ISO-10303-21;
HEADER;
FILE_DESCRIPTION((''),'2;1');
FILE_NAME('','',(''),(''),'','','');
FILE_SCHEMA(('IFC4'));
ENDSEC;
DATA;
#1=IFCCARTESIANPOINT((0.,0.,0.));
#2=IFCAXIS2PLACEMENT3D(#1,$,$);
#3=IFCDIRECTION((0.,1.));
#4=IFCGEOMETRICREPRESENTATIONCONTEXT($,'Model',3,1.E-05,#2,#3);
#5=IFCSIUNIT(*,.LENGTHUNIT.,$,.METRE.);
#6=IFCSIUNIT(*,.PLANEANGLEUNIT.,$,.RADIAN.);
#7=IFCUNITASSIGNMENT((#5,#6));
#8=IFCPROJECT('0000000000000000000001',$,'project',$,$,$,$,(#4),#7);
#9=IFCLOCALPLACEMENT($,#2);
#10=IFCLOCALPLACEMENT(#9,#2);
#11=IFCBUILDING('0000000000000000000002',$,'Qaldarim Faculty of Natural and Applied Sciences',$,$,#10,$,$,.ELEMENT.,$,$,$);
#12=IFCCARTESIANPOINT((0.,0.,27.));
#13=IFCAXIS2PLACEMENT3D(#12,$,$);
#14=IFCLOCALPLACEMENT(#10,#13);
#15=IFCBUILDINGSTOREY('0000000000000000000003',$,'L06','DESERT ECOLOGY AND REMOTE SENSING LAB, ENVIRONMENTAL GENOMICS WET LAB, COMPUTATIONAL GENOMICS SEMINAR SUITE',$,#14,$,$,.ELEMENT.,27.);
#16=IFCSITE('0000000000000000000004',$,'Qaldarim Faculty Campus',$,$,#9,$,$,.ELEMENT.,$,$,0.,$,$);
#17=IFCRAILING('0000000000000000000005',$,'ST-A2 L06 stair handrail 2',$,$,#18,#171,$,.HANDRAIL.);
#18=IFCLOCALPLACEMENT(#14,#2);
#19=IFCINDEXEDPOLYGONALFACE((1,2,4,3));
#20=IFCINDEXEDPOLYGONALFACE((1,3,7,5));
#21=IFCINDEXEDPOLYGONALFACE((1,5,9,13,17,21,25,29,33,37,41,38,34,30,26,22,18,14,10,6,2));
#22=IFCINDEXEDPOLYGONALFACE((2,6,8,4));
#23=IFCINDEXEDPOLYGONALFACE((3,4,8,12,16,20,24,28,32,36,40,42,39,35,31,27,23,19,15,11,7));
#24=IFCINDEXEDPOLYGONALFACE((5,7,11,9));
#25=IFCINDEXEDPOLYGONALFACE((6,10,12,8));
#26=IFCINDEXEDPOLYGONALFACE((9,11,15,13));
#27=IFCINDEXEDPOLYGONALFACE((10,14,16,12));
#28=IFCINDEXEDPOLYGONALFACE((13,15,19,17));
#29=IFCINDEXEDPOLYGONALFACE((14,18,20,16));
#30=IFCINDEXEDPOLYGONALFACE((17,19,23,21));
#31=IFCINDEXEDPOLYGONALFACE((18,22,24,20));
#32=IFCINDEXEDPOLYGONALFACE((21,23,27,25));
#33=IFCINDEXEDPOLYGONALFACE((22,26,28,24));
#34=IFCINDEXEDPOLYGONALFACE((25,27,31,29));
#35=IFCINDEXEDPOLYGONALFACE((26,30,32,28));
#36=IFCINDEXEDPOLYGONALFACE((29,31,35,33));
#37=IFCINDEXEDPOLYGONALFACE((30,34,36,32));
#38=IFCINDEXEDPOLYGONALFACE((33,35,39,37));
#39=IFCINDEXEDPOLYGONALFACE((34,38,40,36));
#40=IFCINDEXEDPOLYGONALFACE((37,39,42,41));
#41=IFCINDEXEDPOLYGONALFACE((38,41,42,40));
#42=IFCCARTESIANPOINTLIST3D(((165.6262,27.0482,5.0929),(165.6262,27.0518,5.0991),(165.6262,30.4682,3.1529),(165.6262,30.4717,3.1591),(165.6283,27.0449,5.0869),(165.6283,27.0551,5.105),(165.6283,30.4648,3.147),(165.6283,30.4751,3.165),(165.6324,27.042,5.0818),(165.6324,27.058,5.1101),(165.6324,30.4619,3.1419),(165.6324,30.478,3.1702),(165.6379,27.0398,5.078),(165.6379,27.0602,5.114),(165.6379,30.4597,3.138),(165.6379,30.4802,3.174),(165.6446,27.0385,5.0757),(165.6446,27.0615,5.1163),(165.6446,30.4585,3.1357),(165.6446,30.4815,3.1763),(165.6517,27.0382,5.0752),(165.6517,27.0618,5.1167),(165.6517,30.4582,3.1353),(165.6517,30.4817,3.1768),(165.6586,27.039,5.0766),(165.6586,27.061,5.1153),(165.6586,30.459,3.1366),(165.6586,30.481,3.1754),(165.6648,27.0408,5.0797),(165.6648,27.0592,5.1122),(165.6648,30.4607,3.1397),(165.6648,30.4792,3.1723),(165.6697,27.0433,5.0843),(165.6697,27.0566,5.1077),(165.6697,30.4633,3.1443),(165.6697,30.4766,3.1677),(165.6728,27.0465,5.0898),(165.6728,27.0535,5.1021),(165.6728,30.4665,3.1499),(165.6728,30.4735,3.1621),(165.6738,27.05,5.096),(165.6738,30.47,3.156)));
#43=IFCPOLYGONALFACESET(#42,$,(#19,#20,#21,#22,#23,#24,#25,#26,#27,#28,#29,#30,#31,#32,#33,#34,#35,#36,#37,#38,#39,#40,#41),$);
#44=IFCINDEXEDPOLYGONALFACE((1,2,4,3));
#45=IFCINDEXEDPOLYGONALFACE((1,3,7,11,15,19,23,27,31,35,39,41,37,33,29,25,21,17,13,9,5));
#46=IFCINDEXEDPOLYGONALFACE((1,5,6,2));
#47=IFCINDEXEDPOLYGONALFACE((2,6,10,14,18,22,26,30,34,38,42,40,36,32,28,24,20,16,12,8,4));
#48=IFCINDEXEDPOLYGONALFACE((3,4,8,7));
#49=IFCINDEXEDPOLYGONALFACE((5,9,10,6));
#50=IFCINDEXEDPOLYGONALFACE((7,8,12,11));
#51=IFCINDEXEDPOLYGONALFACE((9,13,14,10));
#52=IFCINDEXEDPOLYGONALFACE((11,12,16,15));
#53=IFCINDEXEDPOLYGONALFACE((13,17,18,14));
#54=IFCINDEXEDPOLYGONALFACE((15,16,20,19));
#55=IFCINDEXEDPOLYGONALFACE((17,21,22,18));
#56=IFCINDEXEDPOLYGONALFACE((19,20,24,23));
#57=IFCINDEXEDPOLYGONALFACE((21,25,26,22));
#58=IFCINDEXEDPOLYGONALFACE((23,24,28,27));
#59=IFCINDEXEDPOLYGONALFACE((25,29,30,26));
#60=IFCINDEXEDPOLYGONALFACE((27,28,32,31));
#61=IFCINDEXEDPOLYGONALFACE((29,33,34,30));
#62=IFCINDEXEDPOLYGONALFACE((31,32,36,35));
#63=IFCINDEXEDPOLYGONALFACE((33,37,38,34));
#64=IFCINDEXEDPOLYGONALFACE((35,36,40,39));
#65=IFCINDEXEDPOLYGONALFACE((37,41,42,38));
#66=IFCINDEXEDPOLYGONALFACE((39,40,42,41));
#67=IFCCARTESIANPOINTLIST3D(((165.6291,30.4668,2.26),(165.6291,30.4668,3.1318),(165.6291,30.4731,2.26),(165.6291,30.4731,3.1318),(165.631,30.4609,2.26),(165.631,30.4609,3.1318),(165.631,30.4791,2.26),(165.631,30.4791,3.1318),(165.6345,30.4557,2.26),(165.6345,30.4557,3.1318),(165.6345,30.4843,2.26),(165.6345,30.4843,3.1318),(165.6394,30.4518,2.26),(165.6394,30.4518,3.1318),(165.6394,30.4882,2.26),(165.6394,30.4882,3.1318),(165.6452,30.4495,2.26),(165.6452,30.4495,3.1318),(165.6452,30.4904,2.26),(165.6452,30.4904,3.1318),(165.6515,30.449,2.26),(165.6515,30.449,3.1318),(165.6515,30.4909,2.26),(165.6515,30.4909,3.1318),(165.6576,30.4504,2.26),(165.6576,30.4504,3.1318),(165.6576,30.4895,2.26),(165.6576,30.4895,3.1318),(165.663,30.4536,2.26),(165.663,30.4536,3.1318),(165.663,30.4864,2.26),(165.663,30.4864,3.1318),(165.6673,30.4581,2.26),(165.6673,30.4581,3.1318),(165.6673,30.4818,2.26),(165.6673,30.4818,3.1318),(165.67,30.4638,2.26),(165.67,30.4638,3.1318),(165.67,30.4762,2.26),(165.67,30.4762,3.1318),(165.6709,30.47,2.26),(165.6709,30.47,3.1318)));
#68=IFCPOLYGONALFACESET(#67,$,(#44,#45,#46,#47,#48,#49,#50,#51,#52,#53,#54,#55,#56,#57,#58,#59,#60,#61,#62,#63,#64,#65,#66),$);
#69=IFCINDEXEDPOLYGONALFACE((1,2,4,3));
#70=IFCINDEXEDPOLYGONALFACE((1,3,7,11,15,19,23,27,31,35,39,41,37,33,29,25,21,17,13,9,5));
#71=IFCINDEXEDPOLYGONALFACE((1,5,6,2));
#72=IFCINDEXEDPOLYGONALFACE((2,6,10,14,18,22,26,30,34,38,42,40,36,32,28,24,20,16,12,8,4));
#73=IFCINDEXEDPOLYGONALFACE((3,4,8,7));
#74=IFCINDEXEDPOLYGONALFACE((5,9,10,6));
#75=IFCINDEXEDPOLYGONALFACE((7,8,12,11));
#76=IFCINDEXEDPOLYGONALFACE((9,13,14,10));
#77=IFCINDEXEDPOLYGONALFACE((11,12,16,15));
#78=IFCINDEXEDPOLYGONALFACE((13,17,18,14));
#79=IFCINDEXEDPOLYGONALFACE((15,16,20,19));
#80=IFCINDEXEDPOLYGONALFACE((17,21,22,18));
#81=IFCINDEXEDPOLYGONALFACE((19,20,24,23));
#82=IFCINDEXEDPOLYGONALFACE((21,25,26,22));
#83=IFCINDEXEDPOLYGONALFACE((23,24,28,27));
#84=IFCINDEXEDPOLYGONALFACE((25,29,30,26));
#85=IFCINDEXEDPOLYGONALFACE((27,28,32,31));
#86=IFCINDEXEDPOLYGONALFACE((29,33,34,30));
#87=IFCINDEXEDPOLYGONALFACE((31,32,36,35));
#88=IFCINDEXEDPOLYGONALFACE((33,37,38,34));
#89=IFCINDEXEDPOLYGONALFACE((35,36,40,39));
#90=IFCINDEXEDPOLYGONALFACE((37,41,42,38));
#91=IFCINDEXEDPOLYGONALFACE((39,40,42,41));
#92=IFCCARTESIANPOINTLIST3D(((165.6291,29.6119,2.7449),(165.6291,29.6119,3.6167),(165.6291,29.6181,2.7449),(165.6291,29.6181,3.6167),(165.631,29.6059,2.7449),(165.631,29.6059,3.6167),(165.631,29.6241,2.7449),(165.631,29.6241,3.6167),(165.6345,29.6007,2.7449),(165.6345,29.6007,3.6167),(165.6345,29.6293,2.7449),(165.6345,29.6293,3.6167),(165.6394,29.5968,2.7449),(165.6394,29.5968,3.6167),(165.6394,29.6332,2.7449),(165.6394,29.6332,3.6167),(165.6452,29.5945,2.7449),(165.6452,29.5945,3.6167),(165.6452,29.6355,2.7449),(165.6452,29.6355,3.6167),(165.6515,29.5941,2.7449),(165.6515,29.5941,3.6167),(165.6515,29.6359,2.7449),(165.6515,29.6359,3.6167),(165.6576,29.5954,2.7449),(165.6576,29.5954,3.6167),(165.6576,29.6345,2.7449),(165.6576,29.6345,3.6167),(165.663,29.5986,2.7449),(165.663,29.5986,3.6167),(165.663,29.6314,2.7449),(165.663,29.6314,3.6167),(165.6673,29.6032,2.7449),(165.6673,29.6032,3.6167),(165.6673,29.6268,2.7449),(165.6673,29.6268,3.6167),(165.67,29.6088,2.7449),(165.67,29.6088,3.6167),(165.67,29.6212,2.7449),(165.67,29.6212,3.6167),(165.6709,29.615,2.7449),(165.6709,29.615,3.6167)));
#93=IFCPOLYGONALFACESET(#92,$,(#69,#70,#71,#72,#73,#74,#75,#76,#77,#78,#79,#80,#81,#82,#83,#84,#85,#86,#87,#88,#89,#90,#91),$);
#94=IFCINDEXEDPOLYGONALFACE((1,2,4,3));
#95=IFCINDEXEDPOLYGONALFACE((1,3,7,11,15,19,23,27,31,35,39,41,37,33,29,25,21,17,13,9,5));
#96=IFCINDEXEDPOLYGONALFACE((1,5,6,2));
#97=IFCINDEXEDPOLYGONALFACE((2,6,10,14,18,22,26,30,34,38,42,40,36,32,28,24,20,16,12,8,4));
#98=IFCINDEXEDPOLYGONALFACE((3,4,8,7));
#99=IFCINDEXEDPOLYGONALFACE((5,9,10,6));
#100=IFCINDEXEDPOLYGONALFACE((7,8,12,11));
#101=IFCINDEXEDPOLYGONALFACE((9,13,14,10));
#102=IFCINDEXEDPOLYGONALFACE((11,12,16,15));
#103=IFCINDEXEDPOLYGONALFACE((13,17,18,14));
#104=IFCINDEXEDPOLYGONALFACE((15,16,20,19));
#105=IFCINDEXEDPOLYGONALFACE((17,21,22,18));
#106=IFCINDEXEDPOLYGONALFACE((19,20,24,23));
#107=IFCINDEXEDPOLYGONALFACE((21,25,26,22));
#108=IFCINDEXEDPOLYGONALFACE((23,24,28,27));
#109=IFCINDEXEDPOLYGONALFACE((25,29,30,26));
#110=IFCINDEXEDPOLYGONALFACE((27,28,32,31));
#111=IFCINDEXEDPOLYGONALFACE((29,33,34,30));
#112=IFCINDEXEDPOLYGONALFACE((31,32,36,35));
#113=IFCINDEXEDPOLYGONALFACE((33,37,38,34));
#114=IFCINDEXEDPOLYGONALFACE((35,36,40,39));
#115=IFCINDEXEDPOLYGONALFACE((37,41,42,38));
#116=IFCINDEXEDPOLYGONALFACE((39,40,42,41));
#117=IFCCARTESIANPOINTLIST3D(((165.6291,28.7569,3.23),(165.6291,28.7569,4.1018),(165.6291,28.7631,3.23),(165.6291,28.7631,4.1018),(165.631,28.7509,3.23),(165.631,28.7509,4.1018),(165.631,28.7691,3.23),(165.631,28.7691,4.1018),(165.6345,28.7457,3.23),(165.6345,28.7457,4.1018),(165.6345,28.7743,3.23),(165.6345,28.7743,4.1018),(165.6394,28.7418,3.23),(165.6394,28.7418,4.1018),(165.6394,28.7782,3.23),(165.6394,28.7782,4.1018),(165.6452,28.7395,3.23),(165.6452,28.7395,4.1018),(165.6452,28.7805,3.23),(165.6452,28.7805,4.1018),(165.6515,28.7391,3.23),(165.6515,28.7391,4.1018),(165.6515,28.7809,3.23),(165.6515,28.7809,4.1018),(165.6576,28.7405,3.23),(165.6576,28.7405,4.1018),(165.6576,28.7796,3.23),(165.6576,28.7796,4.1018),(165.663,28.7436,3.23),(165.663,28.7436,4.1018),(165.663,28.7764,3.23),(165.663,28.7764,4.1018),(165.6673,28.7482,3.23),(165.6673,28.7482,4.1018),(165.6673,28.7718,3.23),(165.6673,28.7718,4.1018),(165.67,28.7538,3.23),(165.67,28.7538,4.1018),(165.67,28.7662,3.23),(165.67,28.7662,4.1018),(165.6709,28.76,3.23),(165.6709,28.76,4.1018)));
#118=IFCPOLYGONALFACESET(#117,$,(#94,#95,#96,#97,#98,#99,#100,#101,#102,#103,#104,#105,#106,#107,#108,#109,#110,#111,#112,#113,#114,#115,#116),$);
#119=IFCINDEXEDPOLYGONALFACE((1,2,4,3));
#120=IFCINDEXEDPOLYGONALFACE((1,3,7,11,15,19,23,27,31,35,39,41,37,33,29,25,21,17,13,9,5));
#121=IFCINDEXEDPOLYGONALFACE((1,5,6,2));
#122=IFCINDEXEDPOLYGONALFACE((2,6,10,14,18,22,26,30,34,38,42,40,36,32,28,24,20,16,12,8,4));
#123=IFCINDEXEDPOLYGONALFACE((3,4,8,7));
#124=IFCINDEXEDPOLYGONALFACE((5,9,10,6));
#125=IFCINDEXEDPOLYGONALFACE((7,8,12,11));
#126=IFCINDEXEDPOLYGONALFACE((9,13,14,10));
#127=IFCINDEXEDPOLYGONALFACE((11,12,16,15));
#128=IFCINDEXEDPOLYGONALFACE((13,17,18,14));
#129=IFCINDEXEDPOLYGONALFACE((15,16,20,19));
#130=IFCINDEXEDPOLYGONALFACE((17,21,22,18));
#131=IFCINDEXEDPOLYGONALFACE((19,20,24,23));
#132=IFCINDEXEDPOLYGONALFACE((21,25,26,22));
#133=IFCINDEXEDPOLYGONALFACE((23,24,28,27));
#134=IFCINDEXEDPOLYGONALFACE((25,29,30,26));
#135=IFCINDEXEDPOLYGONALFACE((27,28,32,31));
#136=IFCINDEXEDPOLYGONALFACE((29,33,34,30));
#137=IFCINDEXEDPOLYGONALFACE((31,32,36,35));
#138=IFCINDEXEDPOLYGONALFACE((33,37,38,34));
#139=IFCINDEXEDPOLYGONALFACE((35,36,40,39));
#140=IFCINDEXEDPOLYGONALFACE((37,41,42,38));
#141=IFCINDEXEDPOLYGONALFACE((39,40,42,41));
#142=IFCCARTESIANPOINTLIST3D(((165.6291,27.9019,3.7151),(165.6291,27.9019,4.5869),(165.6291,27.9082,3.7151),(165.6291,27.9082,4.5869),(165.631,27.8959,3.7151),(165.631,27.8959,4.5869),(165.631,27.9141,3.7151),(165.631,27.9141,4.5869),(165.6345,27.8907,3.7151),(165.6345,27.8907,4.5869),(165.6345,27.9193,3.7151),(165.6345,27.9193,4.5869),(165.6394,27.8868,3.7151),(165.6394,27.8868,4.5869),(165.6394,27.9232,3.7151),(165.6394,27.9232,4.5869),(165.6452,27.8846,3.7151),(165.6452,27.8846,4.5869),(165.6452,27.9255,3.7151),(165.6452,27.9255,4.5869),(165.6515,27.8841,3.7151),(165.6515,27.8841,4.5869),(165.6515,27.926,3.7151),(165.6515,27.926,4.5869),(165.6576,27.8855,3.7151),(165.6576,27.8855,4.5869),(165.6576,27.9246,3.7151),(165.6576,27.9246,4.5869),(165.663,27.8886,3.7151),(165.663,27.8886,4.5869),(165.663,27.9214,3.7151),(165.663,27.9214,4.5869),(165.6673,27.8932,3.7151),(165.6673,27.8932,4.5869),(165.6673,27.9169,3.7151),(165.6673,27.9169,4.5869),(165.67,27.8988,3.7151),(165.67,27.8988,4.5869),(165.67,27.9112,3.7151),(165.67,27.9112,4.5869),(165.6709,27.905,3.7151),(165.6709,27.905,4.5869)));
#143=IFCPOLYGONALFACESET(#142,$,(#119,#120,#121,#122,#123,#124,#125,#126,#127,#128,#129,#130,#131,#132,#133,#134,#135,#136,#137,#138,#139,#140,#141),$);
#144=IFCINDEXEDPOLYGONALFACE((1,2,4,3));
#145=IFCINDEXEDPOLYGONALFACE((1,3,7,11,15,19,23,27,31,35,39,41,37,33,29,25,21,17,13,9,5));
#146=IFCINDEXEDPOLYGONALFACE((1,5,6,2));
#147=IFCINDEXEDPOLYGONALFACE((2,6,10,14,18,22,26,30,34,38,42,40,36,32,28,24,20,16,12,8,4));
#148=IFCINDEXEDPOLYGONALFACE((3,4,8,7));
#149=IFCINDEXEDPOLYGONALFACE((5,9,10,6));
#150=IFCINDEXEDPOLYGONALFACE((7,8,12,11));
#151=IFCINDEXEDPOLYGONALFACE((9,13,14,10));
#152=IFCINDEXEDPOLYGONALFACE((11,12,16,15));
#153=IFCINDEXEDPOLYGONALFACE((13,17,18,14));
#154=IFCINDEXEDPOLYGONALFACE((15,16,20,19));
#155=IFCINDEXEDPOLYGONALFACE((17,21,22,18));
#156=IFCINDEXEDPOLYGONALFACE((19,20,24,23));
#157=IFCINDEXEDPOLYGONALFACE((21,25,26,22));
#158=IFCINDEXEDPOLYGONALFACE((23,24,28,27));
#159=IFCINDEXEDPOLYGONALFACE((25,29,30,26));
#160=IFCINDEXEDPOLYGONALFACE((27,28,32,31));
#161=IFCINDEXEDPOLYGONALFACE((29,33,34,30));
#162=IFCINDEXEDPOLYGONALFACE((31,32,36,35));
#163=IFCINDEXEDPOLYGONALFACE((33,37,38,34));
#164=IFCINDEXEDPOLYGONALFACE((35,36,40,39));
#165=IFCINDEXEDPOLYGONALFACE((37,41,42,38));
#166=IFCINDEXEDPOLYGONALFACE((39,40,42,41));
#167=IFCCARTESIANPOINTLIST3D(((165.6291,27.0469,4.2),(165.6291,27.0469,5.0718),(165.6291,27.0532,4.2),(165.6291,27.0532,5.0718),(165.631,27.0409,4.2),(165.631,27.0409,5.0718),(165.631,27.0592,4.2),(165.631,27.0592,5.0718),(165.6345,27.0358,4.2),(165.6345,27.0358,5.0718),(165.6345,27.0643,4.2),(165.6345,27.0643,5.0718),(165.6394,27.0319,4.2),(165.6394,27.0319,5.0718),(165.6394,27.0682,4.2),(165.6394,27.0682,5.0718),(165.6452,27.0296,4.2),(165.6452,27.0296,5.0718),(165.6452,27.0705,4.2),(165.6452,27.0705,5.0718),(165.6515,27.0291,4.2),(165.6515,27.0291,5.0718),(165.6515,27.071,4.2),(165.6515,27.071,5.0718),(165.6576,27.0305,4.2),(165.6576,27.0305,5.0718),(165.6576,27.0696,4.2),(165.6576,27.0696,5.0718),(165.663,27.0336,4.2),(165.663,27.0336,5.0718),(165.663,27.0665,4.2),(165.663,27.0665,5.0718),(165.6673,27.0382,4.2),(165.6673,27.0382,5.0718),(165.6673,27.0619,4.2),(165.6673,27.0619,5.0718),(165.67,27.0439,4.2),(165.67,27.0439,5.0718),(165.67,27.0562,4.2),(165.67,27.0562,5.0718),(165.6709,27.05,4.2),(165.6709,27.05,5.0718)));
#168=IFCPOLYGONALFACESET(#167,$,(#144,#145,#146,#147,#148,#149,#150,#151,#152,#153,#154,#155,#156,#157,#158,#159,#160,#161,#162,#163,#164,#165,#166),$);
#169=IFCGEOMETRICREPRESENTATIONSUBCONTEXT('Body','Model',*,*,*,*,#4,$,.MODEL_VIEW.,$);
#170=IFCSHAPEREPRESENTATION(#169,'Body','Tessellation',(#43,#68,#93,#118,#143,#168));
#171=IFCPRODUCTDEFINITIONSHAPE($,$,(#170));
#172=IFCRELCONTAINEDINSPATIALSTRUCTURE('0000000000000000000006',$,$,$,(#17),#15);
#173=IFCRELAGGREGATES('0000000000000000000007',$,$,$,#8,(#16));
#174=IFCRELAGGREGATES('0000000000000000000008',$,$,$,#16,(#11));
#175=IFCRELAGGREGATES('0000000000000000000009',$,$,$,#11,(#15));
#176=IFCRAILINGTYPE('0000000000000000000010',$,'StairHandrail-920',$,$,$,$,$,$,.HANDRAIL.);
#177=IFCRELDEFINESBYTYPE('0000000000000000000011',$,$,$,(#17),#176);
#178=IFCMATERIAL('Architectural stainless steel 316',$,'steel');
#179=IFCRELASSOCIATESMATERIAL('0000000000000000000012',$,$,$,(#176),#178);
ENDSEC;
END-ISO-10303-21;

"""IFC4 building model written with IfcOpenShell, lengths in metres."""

from ifc_helpers import new_model, si_unit, direction, frame, origin, origin_2d, place, context, subcontext, project, spatial, circle, extrude, material, type_object, element, save


model = new_model("IFC4")

# Units and contexts
model_context = context("Model", 3, precision=1e-05, world=origin(), true_north=direction((0.0, 1.0)))
body_context = subcontext(model_context, "Body", "Model", "MODEL_VIEW")
ifc_project = project(units=[si_unit("LENGTHUNIT", "METRE"), si_unit("PLANEANGLEUNIT", "RADIAN")], contexts=[model_context])

# Site, building, storey
site_placement = place(None, origin())
site = spatial("IfcSite", under=ifc_project, at=site_placement, Name="Qaldarim Faculty Campus", CompositionType="ELEMENT", RefElevation=0.0)
building_placement = place(site_placement, origin())
building = spatial("IfcBuilding", under=site, at=building_placement, Name="Qaldarim Faculty of Natural and Applied Sciences", CompositionType="ELEMENT")
storey_placement = place(building_placement, frame((0.0, 0.0, 27.0)))
storey = spatial("IfcBuildingStorey", under=building, at=storey_placement, Name="L06", Description="DESERT ECOLOGY AND REMOTE SENSING LAB, ENVIRONMENTAL GENOMICS WET LAB, COMPUTATIONAL GENOMICS SEMINAR SUITE", CompositionType="ELEMENT", Elevation=27.0)

# Railing
ifc_material_1 = material(Name="Architectural stainless steel 316", Category="steel")
railing_type_1 = type_object("IfcRailingType", Name="StairHandrail-920", PredefinedType="HANDRAIL", material=ifc_material_1)
railing_1_placement = place(storey_placement, frame((165.6499, 30.47, 2.26)))
element("IfcRailing", 1, at=railing_1_placement, inside=storey, type_object=railing_type_1, Name="ST-A2 L06 stair handrail 2", PredefinedType="HANDRAIL", context=body_context, shape_type="SweptSolid", body=[
    extrude(circle(Radius=0.0239, at=origin_2d()), frame((0.0, 0.0, 0.896), z_axis=(0.0, -0.869805, 0.493395), x_axis=(1.0, 0.0, 0.0)), (0.0, 0.0, 1.0), 3.9319),
    extrude(circle(Radius=0.021, at=origin_2d()), origin(), (0.0, 0.0, 1.0), 0.8718),
    extrude(circle(Radius=0.021, at=origin_2d()), frame((0.0, -0.855, 0.4849)), (0.0, 0.0, 1.0), 0.8718),
    extrude(circle(Radius=0.021, at=origin_2d()), frame((0.0, -1.71, 0.97)), (0.0, 0.0, 1.0), 0.8718),
    extrude(circle(Radius=0.021, at=origin_2d()), frame((0.0, -2.5649, 1.4551)), (0.0, 0.0, 1.0), 0.8718),
    extrude(circle(Radius=0.021, at=origin_2d()), frame((0.0, -3.4199, 1.9399)), (0.0, 0.0, 1.0), 0.8718),
])

save(model, "model.ifc")
